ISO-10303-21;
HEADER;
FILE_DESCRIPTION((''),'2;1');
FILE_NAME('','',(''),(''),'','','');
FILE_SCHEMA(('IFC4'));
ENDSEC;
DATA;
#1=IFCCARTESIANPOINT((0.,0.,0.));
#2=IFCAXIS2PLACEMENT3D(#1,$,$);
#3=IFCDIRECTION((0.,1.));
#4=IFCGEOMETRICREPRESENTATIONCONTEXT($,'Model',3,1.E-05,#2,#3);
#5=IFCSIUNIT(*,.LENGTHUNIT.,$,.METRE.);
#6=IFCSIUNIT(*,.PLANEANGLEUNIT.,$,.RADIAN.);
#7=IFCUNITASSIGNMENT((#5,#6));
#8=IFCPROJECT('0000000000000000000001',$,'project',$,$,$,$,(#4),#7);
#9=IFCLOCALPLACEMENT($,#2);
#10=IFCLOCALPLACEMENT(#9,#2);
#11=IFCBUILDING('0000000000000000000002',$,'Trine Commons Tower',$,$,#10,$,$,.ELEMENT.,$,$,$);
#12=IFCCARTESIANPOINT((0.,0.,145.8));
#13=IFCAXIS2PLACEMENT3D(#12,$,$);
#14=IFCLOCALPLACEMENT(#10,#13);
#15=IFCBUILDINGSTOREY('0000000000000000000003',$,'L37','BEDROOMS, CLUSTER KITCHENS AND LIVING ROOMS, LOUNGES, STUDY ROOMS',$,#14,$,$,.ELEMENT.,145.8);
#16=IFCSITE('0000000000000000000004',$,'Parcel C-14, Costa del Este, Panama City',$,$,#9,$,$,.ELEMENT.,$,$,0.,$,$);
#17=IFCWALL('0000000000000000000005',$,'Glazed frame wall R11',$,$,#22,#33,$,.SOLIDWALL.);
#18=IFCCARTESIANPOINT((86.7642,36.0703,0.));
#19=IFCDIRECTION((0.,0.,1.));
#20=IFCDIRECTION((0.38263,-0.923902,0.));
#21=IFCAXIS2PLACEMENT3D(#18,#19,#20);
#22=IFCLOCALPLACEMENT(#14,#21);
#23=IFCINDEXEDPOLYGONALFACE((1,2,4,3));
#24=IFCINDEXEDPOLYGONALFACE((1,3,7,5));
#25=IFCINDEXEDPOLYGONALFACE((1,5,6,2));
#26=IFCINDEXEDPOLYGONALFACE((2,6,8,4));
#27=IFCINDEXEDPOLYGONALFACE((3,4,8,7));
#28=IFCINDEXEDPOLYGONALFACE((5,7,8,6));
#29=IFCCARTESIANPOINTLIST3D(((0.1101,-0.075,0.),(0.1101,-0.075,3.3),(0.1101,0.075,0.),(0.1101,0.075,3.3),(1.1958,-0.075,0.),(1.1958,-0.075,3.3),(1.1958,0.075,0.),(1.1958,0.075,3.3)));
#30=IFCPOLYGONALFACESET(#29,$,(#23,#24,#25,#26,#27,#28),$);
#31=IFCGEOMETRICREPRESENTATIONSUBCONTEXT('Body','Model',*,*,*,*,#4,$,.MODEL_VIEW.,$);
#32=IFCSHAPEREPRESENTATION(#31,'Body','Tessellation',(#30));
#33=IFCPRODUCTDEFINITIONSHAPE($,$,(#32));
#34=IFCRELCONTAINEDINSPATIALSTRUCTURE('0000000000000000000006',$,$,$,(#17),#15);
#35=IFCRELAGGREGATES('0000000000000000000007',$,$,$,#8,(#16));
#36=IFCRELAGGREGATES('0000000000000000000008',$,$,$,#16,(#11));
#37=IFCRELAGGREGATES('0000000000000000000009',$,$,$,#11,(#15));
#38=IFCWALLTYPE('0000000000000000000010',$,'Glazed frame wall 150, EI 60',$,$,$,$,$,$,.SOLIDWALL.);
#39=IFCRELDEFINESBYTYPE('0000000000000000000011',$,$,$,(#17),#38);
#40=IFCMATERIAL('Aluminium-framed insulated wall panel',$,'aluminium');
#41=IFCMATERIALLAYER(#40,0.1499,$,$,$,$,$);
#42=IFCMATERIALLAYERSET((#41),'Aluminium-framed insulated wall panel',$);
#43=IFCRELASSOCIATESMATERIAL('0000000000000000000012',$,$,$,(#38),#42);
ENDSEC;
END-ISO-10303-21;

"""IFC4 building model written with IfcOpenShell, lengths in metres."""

from ifc_helpers import new_model, si_unit, direction, frame, origin, place, context, subcontext, project, spatial, polyline, outline, extrude, material, layer, layer_set, type_object, element, save


model = new_model("IFC4")

# Units and contexts
model_context = context("Model", 3, precision=1e-05, world=origin(), true_north=direction((0.0, 1.0)))
body_context = subcontext(model_context, "Body", "Model", "MODEL_VIEW")
ifc_project = project(units=[si_unit("LENGTHUNIT", "METRE"), si_unit("PLANEANGLEUNIT", "RADIAN")], contexts=[model_context])

# Site, building, storey
site_placement = place(None, origin())
site = spatial("IfcSite", under=ifc_project, at=site_placement, Name="Parcel C-14, Costa del Este, Panama City", CompositionType="ELEMENT", RefElevation=0.0)
building_placement = place(site_placement, origin())
building = spatial("IfcBuilding", under=site, at=building_placement, Name="Trine Commons Tower", CompositionType="ELEMENT")
storey_placement = place(building_placement, frame((0.0, 0.0, 145.8)))
storey = spatial("IfcBuildingStorey", under=building, at=storey_placement, Name="L37", Description="BEDROOMS, CLUSTER KITCHENS AND LIVING ROOMS, LOUNGES, STUDY ROOMS", CompositionType="ELEMENT", Elevation=145.8)

# Shared definitions
ifc_material_1 = material(Name="Aluminium-framed insulated wall panel", Category="aluminium")
ifc_layer_1 = layer(ifc_material_1, 0.1499)
ifc_layer_set_1 = layer_set([ifc_layer_1], Name="Aluminium-framed insulated wall panel")
wall_type_1 = type_object("IfcWallType", Name="Glazed frame wall 150, EI 60", PredefinedType="SOLIDWALL", material=ifc_layer_set_1)

# Wall
wall_1_placement = place(storey_placement, frame((86.7642, 36.0703, 0.0), z_axis=(0.0, 0.0, 1.0), x_axis=(0.38263, -0.923902, 0.0)))
element("IfcWall", 1, at=wall_1_placement, inside=storey, type_object=wall_type_1, Name="Glazed frame wall R11", PredefinedType="SOLIDWALL", context=body_context, shape_type="SweptSolid", body=[
    extrude(outline(polyline([(0.1101, 0.075), (0.1101, -0.075), (1.1958, -0.075), (1.1958, 0.075), (0.1101, 0.075)])), origin(), (0.0, 0.0, 1.0), 3.3),
])

save(model, "model.ifc")
